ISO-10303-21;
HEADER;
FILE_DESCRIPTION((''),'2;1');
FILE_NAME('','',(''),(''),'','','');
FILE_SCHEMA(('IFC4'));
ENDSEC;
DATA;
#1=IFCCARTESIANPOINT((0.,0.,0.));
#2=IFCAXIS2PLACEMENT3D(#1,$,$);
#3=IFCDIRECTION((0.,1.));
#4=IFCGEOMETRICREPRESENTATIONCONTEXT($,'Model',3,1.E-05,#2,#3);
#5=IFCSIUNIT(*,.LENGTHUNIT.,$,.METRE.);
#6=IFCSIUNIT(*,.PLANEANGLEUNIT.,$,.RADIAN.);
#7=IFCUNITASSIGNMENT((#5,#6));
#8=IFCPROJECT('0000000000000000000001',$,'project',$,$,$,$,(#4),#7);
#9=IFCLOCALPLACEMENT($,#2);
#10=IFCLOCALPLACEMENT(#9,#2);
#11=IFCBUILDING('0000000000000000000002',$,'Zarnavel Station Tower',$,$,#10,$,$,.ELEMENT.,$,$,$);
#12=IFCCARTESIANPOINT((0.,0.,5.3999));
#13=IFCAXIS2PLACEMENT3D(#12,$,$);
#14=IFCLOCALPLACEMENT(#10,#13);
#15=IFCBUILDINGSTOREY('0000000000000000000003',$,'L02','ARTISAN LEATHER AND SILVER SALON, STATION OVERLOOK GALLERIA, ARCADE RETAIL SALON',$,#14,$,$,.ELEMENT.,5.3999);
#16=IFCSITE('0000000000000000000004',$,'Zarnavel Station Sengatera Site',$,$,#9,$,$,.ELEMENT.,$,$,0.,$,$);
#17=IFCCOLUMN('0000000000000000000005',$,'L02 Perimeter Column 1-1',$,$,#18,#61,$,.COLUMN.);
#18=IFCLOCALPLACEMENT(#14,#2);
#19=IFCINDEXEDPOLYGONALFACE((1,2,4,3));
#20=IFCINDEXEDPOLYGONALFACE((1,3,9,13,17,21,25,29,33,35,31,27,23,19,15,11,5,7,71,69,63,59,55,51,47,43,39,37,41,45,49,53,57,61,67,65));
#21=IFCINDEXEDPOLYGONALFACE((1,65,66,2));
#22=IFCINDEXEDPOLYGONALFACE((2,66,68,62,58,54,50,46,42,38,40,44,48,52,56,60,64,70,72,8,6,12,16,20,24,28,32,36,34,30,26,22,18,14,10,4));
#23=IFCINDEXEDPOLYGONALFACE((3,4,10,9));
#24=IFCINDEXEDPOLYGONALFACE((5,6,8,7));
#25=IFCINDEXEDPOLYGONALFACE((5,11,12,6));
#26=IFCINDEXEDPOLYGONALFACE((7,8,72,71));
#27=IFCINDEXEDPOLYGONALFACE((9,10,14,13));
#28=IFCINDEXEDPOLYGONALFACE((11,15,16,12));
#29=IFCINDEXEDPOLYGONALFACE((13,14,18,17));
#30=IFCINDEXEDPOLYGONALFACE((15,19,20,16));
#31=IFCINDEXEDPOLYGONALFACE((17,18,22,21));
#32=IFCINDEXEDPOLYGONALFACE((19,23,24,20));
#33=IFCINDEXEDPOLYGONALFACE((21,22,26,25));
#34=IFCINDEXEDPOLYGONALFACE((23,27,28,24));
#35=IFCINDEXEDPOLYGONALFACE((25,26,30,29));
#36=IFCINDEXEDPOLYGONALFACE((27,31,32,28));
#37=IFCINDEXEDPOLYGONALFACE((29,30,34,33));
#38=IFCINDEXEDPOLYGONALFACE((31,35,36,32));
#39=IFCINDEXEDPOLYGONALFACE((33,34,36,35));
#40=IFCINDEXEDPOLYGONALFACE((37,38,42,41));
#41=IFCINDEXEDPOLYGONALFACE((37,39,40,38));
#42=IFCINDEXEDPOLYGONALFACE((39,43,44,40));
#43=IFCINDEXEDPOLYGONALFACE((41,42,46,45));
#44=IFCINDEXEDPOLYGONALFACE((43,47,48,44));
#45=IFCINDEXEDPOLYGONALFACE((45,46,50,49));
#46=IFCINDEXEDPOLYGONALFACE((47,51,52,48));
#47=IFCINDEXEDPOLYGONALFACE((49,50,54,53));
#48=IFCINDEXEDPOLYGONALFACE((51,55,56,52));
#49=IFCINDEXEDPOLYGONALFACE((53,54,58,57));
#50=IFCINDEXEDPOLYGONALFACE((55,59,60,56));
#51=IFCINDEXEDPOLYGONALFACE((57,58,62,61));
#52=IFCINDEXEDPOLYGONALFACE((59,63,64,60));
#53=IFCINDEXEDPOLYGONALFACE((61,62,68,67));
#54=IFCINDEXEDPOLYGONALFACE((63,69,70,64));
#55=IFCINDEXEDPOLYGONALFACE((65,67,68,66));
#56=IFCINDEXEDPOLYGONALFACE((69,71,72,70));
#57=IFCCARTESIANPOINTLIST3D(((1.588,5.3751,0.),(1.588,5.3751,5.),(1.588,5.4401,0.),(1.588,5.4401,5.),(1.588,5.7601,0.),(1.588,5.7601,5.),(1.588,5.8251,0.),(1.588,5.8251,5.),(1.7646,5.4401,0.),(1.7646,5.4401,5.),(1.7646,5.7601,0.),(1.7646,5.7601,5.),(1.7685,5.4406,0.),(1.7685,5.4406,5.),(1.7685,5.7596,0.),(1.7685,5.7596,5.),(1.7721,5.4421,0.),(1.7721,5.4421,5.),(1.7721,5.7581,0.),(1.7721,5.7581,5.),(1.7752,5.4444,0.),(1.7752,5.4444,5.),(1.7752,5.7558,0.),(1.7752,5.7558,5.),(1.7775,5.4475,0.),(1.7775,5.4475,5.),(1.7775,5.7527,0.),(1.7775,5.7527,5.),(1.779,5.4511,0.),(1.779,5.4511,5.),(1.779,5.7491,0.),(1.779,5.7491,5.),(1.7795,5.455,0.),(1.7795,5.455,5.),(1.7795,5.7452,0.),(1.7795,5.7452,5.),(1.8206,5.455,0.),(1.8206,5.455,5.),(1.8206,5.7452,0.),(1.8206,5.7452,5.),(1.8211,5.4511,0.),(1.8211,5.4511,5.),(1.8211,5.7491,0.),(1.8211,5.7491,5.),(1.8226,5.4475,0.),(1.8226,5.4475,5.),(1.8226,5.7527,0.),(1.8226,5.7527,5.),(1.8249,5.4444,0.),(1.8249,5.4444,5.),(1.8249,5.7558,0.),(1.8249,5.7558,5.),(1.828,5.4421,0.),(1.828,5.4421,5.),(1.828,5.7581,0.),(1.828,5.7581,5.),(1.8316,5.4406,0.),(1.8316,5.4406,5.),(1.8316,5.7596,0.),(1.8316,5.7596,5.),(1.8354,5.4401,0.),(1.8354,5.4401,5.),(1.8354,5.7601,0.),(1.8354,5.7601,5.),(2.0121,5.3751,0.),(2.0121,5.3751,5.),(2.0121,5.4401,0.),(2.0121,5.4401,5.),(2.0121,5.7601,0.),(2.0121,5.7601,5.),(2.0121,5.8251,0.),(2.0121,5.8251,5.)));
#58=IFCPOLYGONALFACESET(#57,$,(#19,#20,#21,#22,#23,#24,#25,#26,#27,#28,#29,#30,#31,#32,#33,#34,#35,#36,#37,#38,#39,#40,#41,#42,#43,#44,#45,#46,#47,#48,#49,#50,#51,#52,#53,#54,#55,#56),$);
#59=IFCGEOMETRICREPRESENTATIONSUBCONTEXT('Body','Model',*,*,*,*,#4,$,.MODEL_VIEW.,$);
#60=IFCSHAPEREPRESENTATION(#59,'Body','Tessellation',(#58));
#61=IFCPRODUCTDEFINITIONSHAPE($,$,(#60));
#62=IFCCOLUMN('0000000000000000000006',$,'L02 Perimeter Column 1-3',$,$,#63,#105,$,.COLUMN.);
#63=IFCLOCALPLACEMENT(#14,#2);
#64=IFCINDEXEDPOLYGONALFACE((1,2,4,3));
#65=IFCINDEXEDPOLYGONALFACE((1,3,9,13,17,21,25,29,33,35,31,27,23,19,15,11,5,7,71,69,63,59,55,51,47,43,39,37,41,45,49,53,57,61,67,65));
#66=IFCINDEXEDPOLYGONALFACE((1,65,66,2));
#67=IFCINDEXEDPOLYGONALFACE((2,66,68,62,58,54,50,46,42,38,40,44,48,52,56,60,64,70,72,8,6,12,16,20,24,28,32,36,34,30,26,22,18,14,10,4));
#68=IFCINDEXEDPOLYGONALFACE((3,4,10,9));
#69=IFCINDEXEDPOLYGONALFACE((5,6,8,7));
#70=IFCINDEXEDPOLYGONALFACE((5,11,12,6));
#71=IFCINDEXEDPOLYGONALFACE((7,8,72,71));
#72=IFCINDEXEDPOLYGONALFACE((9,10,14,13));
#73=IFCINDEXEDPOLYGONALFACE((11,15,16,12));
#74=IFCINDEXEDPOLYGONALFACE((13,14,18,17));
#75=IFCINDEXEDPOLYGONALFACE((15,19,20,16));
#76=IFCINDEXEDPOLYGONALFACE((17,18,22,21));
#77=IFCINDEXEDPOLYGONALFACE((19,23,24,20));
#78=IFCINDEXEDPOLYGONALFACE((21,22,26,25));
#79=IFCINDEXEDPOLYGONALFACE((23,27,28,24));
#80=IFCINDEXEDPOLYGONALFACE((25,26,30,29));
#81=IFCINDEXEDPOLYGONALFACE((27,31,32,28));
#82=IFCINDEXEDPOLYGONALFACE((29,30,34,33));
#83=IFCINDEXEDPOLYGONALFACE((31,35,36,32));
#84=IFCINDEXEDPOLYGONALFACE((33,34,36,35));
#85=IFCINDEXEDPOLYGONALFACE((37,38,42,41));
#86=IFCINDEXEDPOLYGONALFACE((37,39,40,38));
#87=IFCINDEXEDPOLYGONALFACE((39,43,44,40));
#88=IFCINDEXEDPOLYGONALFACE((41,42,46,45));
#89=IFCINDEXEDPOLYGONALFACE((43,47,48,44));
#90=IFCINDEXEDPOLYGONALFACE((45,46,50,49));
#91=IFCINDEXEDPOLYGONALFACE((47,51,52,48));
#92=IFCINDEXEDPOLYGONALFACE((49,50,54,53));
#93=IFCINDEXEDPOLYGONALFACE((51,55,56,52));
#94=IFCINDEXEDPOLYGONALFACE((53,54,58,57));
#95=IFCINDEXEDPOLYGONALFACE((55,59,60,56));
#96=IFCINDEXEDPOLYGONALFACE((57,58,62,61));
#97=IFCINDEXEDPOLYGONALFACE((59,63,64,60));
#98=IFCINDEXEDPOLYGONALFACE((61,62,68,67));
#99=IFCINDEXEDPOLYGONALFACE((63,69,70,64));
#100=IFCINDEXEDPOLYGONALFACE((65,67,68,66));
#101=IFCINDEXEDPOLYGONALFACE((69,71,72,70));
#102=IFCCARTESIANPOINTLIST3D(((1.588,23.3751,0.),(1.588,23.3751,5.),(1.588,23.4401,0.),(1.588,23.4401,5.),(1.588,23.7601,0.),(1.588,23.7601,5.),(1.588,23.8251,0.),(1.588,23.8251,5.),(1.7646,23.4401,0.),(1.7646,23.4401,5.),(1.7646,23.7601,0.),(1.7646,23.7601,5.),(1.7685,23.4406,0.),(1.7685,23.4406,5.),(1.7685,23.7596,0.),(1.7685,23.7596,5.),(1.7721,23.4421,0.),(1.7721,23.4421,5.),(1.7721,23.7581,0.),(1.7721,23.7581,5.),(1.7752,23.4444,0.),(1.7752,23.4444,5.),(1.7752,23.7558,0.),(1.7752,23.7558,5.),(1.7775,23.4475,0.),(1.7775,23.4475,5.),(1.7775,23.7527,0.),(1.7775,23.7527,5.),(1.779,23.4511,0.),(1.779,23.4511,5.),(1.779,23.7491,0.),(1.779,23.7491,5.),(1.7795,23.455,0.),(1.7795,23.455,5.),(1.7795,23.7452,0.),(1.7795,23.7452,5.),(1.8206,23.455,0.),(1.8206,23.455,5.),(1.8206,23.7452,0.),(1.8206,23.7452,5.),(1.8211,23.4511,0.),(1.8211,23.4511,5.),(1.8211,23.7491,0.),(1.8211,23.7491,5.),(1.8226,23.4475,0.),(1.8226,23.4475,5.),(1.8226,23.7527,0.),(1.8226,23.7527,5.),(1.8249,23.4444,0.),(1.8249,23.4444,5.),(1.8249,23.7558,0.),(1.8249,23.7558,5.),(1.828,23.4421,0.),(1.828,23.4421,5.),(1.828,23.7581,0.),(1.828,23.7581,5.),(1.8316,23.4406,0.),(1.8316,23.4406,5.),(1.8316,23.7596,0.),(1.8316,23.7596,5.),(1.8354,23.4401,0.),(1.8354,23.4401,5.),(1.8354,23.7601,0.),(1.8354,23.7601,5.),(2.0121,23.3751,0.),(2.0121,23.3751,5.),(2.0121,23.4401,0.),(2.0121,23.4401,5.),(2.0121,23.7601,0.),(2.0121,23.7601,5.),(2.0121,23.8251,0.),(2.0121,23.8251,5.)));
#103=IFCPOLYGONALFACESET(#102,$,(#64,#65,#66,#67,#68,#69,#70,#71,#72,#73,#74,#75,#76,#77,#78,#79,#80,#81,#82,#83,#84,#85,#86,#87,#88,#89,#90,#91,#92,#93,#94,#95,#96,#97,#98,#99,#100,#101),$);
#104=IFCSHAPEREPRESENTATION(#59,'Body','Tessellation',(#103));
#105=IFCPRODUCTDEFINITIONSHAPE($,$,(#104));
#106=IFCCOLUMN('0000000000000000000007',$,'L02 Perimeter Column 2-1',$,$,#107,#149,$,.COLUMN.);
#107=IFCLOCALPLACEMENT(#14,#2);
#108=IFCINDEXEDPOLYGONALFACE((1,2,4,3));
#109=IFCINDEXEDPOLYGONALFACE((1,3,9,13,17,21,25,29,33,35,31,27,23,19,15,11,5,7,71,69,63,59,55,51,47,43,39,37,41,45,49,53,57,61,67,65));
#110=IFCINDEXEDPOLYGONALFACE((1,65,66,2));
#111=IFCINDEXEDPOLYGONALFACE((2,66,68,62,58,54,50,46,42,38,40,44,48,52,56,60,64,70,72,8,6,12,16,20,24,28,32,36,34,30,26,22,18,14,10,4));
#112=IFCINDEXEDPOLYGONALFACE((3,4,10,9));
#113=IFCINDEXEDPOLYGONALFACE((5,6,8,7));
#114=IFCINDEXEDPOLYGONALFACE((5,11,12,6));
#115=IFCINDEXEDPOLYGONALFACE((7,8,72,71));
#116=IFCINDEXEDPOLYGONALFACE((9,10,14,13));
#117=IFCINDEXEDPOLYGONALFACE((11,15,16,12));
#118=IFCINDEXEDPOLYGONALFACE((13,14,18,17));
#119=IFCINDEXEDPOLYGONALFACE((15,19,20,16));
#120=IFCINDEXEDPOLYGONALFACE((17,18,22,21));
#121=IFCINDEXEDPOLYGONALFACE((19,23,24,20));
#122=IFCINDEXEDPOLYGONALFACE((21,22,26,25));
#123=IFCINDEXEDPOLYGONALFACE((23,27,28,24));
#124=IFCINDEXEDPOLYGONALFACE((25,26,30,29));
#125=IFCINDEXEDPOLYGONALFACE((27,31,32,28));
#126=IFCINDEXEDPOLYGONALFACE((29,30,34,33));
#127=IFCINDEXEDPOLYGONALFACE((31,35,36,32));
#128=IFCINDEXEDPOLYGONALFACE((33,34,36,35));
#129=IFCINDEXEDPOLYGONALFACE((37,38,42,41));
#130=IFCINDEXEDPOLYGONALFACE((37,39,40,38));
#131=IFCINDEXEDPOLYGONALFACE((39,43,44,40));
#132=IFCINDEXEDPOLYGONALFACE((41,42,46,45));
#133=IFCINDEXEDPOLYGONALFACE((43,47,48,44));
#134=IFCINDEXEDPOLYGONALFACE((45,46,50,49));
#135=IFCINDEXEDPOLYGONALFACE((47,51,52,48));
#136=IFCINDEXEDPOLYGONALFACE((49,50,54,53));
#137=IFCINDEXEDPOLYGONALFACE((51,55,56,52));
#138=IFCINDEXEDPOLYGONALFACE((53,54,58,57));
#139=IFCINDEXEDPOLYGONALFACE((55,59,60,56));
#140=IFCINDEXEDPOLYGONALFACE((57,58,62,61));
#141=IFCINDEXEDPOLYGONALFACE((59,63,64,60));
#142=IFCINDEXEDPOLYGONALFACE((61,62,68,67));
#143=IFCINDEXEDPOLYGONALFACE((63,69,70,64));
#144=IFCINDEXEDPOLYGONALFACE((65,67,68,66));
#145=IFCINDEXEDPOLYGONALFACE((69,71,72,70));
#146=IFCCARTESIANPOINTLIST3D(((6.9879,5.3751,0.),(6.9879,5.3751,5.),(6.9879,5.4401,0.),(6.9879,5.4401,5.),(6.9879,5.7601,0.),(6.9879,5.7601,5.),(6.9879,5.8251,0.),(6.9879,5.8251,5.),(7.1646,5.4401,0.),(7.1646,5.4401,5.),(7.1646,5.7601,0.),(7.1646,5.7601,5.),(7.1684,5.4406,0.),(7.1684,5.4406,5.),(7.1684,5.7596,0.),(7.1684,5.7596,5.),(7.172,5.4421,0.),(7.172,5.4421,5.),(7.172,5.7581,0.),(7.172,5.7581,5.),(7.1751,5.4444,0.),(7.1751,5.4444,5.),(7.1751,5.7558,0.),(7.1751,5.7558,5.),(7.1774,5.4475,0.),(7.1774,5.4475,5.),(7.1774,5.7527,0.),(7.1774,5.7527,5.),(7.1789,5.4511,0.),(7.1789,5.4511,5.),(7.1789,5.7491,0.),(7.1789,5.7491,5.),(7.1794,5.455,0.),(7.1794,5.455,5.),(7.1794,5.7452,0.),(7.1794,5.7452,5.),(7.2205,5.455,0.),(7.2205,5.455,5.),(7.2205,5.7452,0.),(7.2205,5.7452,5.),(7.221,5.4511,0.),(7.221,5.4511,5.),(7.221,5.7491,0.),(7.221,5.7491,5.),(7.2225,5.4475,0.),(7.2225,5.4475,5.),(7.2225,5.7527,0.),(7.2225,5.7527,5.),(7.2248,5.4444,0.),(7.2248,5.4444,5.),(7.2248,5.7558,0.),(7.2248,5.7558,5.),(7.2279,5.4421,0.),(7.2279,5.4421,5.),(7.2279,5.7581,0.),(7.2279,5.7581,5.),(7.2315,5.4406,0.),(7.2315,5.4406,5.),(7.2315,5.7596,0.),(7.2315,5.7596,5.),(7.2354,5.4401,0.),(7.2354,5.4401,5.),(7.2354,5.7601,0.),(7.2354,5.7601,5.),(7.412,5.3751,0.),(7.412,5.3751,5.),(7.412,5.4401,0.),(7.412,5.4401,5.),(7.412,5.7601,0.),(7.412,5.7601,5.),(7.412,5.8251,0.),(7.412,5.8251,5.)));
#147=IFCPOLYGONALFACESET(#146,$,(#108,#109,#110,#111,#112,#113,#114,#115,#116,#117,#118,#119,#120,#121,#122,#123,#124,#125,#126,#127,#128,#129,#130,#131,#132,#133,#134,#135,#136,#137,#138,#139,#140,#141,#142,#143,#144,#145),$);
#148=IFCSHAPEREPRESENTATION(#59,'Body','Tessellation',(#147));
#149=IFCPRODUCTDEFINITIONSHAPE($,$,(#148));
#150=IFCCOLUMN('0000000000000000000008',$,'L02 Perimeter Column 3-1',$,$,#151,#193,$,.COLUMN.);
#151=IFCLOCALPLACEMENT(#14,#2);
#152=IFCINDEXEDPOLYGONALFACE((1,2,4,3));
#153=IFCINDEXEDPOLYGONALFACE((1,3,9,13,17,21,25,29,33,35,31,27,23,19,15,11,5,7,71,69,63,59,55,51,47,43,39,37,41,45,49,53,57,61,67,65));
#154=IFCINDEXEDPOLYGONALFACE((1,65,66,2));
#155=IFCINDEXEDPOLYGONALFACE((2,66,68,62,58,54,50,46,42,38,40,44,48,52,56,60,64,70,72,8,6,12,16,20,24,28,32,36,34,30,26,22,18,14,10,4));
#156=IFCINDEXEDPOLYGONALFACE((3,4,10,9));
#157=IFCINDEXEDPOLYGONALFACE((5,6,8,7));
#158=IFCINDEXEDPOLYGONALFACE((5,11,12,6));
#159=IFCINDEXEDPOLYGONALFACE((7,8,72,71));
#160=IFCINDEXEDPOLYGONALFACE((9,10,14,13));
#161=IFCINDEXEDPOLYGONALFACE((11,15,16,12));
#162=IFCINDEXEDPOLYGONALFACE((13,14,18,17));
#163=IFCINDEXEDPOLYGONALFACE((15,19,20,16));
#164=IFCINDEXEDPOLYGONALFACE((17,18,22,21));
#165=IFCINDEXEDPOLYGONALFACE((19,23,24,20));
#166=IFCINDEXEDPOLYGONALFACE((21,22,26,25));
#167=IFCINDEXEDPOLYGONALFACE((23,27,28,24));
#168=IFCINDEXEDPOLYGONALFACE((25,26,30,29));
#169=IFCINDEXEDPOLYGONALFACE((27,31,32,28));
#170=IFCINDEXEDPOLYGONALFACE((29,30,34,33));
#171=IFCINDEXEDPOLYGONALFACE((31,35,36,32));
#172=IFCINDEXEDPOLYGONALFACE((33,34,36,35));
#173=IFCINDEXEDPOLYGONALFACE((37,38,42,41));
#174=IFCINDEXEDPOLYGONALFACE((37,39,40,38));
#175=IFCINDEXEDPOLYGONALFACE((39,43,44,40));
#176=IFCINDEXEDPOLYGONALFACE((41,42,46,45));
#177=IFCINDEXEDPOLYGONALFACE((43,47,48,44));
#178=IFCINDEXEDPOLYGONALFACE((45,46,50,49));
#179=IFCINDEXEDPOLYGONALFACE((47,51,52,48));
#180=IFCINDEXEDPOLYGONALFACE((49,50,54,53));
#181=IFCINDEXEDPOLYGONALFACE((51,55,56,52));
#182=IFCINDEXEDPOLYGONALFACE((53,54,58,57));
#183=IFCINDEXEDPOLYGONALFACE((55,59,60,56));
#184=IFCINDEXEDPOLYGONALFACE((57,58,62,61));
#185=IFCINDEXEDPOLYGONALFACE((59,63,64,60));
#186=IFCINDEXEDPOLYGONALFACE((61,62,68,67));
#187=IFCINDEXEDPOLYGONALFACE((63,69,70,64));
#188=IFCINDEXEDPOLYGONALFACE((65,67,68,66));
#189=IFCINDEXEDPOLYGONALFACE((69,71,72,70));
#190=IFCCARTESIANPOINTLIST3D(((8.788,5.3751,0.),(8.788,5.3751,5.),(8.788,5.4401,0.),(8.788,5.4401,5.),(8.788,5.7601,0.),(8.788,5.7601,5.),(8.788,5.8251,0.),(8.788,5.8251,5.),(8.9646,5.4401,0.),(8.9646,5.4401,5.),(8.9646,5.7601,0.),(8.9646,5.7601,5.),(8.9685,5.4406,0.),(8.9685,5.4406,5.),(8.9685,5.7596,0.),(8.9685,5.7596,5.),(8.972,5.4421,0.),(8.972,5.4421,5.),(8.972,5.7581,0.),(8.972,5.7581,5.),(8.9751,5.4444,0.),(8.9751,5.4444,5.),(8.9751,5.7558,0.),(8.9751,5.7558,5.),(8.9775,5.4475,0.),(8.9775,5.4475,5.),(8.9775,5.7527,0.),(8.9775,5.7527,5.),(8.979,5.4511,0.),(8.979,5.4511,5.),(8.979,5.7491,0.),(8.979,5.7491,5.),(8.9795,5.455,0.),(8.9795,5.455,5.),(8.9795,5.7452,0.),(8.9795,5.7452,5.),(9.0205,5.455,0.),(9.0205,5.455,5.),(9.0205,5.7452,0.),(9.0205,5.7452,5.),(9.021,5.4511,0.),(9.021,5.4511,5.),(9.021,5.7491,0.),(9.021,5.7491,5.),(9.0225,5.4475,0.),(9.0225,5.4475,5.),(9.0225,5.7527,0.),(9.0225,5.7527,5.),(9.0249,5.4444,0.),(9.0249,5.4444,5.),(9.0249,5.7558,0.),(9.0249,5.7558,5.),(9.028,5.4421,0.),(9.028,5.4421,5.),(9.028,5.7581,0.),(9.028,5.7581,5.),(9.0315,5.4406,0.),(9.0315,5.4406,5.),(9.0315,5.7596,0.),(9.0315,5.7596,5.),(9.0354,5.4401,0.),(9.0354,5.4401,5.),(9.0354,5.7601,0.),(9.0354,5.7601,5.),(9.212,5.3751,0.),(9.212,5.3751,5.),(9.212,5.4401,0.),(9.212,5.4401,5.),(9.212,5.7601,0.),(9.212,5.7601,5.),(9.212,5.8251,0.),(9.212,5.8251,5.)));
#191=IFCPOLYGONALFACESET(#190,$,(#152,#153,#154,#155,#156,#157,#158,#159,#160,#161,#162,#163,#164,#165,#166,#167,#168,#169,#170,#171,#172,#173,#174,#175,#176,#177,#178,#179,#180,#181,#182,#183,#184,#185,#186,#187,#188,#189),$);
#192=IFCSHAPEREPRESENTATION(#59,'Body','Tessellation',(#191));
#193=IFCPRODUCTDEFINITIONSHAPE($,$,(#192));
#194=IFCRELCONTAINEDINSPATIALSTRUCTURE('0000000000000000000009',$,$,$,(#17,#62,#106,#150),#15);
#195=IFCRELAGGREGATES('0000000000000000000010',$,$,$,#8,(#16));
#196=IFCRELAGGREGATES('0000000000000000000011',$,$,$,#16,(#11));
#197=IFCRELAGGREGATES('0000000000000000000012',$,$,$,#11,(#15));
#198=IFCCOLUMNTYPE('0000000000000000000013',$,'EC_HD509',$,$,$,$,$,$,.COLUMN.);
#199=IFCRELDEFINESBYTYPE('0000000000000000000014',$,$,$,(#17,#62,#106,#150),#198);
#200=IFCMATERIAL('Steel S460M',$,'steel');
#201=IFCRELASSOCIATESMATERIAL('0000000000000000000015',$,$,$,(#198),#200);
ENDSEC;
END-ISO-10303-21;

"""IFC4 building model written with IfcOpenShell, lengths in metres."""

from ifc_helpers import new_model, si_unit, direction, frame, origin, origin_2d, place, context, subcontext, project, spatial, i_section, extrude, material, material_profile, profile_set, type_object, element, save


model = new_model("IFC4")

# Units and contexts
model_context = context("Model", 3, precision=1e-05, world=origin(), true_north=direction((0.0, 1.0)))
body_context = subcontext(model_context, "Body", "Model", "MODEL_VIEW")
ifc_project = project(units=[si_unit("LENGTHUNIT", "METRE"), si_unit("PLANEANGLEUNIT", "RADIAN")], contexts=[model_context])

# Site, building, storey
site_placement = place(None, origin())
site = spatial("IfcSite", under=ifc_project, at=site_placement, Name="Zarnavel Station Sengatera Site", CompositionType="ELEMENT", RefElevation=0.0)
building_placement = place(site_placement, origin())
building = spatial("IfcBuilding", under=site, at=building_placement, Name="Zarnavel Station Tower", CompositionType="ELEMENT")
storey_placement = place(building_placement, frame((0.0, 0.0, 5.3999)))
storey = spatial("IfcBuildingStorey", under=building, at=storey_placement, Name="L02", Description="ARTISAN LEATHER AND SILVER SALON, STATION OVERLOOK GALLERIA, ARCADE RETAIL SALON", CompositionType="ELEMENT", Elevation=5.3999)

# Columns
ifc_material_1 = material(Name="Steel S460M", Category="steel")
ifc_material_profile_1 = material_profile(ifc_material_1, i_section(OverallWidth=0.4241, OverallDepth=0.45, WebThickness=0.041, FlangeThickness=0.0649, FilletRadius=0.0149, at=origin_2d()), Name="HD400x509")
ifc_profile_set_1 = profile_set([ifc_material_profile_1], Name="Steel S460M")
column_type_1 = type_object("IfcColumnType", Name="EC_HD509", PredefinedType="COLUMN", material=ifc_profile_set_1)
for number, where, z_axis, x_axis, name in (
    (1, (1.8, 5.6001, 0.0), (0.0, 0.0, 1.0), (1.0, 0.0, 0.0), "L02 Perimeter Column 1-1"),
    (2, (1.8, 23.6001, 0.0), (0.0, 0.0, 1.0), (1.0, 0.0, 0.0), "L02 Perimeter Column 1-3"),
    (3, (7.2, 5.6001, 0.0), (0.0, 0.0, 1.0), (1.0, 0.0, 0.0), "L02 Perimeter Column 2-1"),
    (4, (9.0, 5.6001, 0.0), (0.0, 0.0, 1.0), (1.0, 0.0, 0.0), "L02 Perimeter Column 3-1"),
):
    element("IfcColumn", number, at=place(storey_placement, frame(where, z_axis=z_axis, x_axis=x_axis)), inside=storey, type_object=column_type_1, Name=name, PredefinedType="COLUMN", context=body_context, shape_type="SweptSolid", body=[
        extrude(i_section(OverallWidth=0.4241, OverallDepth=0.45, WebThickness=0.041, FlangeThickness=0.0649, FilletRadius=0.0149, at=origin_2d()), origin(), (0.0, 0.0, 1.0), 5.0),
    ])

save(model, "model.ifc")
